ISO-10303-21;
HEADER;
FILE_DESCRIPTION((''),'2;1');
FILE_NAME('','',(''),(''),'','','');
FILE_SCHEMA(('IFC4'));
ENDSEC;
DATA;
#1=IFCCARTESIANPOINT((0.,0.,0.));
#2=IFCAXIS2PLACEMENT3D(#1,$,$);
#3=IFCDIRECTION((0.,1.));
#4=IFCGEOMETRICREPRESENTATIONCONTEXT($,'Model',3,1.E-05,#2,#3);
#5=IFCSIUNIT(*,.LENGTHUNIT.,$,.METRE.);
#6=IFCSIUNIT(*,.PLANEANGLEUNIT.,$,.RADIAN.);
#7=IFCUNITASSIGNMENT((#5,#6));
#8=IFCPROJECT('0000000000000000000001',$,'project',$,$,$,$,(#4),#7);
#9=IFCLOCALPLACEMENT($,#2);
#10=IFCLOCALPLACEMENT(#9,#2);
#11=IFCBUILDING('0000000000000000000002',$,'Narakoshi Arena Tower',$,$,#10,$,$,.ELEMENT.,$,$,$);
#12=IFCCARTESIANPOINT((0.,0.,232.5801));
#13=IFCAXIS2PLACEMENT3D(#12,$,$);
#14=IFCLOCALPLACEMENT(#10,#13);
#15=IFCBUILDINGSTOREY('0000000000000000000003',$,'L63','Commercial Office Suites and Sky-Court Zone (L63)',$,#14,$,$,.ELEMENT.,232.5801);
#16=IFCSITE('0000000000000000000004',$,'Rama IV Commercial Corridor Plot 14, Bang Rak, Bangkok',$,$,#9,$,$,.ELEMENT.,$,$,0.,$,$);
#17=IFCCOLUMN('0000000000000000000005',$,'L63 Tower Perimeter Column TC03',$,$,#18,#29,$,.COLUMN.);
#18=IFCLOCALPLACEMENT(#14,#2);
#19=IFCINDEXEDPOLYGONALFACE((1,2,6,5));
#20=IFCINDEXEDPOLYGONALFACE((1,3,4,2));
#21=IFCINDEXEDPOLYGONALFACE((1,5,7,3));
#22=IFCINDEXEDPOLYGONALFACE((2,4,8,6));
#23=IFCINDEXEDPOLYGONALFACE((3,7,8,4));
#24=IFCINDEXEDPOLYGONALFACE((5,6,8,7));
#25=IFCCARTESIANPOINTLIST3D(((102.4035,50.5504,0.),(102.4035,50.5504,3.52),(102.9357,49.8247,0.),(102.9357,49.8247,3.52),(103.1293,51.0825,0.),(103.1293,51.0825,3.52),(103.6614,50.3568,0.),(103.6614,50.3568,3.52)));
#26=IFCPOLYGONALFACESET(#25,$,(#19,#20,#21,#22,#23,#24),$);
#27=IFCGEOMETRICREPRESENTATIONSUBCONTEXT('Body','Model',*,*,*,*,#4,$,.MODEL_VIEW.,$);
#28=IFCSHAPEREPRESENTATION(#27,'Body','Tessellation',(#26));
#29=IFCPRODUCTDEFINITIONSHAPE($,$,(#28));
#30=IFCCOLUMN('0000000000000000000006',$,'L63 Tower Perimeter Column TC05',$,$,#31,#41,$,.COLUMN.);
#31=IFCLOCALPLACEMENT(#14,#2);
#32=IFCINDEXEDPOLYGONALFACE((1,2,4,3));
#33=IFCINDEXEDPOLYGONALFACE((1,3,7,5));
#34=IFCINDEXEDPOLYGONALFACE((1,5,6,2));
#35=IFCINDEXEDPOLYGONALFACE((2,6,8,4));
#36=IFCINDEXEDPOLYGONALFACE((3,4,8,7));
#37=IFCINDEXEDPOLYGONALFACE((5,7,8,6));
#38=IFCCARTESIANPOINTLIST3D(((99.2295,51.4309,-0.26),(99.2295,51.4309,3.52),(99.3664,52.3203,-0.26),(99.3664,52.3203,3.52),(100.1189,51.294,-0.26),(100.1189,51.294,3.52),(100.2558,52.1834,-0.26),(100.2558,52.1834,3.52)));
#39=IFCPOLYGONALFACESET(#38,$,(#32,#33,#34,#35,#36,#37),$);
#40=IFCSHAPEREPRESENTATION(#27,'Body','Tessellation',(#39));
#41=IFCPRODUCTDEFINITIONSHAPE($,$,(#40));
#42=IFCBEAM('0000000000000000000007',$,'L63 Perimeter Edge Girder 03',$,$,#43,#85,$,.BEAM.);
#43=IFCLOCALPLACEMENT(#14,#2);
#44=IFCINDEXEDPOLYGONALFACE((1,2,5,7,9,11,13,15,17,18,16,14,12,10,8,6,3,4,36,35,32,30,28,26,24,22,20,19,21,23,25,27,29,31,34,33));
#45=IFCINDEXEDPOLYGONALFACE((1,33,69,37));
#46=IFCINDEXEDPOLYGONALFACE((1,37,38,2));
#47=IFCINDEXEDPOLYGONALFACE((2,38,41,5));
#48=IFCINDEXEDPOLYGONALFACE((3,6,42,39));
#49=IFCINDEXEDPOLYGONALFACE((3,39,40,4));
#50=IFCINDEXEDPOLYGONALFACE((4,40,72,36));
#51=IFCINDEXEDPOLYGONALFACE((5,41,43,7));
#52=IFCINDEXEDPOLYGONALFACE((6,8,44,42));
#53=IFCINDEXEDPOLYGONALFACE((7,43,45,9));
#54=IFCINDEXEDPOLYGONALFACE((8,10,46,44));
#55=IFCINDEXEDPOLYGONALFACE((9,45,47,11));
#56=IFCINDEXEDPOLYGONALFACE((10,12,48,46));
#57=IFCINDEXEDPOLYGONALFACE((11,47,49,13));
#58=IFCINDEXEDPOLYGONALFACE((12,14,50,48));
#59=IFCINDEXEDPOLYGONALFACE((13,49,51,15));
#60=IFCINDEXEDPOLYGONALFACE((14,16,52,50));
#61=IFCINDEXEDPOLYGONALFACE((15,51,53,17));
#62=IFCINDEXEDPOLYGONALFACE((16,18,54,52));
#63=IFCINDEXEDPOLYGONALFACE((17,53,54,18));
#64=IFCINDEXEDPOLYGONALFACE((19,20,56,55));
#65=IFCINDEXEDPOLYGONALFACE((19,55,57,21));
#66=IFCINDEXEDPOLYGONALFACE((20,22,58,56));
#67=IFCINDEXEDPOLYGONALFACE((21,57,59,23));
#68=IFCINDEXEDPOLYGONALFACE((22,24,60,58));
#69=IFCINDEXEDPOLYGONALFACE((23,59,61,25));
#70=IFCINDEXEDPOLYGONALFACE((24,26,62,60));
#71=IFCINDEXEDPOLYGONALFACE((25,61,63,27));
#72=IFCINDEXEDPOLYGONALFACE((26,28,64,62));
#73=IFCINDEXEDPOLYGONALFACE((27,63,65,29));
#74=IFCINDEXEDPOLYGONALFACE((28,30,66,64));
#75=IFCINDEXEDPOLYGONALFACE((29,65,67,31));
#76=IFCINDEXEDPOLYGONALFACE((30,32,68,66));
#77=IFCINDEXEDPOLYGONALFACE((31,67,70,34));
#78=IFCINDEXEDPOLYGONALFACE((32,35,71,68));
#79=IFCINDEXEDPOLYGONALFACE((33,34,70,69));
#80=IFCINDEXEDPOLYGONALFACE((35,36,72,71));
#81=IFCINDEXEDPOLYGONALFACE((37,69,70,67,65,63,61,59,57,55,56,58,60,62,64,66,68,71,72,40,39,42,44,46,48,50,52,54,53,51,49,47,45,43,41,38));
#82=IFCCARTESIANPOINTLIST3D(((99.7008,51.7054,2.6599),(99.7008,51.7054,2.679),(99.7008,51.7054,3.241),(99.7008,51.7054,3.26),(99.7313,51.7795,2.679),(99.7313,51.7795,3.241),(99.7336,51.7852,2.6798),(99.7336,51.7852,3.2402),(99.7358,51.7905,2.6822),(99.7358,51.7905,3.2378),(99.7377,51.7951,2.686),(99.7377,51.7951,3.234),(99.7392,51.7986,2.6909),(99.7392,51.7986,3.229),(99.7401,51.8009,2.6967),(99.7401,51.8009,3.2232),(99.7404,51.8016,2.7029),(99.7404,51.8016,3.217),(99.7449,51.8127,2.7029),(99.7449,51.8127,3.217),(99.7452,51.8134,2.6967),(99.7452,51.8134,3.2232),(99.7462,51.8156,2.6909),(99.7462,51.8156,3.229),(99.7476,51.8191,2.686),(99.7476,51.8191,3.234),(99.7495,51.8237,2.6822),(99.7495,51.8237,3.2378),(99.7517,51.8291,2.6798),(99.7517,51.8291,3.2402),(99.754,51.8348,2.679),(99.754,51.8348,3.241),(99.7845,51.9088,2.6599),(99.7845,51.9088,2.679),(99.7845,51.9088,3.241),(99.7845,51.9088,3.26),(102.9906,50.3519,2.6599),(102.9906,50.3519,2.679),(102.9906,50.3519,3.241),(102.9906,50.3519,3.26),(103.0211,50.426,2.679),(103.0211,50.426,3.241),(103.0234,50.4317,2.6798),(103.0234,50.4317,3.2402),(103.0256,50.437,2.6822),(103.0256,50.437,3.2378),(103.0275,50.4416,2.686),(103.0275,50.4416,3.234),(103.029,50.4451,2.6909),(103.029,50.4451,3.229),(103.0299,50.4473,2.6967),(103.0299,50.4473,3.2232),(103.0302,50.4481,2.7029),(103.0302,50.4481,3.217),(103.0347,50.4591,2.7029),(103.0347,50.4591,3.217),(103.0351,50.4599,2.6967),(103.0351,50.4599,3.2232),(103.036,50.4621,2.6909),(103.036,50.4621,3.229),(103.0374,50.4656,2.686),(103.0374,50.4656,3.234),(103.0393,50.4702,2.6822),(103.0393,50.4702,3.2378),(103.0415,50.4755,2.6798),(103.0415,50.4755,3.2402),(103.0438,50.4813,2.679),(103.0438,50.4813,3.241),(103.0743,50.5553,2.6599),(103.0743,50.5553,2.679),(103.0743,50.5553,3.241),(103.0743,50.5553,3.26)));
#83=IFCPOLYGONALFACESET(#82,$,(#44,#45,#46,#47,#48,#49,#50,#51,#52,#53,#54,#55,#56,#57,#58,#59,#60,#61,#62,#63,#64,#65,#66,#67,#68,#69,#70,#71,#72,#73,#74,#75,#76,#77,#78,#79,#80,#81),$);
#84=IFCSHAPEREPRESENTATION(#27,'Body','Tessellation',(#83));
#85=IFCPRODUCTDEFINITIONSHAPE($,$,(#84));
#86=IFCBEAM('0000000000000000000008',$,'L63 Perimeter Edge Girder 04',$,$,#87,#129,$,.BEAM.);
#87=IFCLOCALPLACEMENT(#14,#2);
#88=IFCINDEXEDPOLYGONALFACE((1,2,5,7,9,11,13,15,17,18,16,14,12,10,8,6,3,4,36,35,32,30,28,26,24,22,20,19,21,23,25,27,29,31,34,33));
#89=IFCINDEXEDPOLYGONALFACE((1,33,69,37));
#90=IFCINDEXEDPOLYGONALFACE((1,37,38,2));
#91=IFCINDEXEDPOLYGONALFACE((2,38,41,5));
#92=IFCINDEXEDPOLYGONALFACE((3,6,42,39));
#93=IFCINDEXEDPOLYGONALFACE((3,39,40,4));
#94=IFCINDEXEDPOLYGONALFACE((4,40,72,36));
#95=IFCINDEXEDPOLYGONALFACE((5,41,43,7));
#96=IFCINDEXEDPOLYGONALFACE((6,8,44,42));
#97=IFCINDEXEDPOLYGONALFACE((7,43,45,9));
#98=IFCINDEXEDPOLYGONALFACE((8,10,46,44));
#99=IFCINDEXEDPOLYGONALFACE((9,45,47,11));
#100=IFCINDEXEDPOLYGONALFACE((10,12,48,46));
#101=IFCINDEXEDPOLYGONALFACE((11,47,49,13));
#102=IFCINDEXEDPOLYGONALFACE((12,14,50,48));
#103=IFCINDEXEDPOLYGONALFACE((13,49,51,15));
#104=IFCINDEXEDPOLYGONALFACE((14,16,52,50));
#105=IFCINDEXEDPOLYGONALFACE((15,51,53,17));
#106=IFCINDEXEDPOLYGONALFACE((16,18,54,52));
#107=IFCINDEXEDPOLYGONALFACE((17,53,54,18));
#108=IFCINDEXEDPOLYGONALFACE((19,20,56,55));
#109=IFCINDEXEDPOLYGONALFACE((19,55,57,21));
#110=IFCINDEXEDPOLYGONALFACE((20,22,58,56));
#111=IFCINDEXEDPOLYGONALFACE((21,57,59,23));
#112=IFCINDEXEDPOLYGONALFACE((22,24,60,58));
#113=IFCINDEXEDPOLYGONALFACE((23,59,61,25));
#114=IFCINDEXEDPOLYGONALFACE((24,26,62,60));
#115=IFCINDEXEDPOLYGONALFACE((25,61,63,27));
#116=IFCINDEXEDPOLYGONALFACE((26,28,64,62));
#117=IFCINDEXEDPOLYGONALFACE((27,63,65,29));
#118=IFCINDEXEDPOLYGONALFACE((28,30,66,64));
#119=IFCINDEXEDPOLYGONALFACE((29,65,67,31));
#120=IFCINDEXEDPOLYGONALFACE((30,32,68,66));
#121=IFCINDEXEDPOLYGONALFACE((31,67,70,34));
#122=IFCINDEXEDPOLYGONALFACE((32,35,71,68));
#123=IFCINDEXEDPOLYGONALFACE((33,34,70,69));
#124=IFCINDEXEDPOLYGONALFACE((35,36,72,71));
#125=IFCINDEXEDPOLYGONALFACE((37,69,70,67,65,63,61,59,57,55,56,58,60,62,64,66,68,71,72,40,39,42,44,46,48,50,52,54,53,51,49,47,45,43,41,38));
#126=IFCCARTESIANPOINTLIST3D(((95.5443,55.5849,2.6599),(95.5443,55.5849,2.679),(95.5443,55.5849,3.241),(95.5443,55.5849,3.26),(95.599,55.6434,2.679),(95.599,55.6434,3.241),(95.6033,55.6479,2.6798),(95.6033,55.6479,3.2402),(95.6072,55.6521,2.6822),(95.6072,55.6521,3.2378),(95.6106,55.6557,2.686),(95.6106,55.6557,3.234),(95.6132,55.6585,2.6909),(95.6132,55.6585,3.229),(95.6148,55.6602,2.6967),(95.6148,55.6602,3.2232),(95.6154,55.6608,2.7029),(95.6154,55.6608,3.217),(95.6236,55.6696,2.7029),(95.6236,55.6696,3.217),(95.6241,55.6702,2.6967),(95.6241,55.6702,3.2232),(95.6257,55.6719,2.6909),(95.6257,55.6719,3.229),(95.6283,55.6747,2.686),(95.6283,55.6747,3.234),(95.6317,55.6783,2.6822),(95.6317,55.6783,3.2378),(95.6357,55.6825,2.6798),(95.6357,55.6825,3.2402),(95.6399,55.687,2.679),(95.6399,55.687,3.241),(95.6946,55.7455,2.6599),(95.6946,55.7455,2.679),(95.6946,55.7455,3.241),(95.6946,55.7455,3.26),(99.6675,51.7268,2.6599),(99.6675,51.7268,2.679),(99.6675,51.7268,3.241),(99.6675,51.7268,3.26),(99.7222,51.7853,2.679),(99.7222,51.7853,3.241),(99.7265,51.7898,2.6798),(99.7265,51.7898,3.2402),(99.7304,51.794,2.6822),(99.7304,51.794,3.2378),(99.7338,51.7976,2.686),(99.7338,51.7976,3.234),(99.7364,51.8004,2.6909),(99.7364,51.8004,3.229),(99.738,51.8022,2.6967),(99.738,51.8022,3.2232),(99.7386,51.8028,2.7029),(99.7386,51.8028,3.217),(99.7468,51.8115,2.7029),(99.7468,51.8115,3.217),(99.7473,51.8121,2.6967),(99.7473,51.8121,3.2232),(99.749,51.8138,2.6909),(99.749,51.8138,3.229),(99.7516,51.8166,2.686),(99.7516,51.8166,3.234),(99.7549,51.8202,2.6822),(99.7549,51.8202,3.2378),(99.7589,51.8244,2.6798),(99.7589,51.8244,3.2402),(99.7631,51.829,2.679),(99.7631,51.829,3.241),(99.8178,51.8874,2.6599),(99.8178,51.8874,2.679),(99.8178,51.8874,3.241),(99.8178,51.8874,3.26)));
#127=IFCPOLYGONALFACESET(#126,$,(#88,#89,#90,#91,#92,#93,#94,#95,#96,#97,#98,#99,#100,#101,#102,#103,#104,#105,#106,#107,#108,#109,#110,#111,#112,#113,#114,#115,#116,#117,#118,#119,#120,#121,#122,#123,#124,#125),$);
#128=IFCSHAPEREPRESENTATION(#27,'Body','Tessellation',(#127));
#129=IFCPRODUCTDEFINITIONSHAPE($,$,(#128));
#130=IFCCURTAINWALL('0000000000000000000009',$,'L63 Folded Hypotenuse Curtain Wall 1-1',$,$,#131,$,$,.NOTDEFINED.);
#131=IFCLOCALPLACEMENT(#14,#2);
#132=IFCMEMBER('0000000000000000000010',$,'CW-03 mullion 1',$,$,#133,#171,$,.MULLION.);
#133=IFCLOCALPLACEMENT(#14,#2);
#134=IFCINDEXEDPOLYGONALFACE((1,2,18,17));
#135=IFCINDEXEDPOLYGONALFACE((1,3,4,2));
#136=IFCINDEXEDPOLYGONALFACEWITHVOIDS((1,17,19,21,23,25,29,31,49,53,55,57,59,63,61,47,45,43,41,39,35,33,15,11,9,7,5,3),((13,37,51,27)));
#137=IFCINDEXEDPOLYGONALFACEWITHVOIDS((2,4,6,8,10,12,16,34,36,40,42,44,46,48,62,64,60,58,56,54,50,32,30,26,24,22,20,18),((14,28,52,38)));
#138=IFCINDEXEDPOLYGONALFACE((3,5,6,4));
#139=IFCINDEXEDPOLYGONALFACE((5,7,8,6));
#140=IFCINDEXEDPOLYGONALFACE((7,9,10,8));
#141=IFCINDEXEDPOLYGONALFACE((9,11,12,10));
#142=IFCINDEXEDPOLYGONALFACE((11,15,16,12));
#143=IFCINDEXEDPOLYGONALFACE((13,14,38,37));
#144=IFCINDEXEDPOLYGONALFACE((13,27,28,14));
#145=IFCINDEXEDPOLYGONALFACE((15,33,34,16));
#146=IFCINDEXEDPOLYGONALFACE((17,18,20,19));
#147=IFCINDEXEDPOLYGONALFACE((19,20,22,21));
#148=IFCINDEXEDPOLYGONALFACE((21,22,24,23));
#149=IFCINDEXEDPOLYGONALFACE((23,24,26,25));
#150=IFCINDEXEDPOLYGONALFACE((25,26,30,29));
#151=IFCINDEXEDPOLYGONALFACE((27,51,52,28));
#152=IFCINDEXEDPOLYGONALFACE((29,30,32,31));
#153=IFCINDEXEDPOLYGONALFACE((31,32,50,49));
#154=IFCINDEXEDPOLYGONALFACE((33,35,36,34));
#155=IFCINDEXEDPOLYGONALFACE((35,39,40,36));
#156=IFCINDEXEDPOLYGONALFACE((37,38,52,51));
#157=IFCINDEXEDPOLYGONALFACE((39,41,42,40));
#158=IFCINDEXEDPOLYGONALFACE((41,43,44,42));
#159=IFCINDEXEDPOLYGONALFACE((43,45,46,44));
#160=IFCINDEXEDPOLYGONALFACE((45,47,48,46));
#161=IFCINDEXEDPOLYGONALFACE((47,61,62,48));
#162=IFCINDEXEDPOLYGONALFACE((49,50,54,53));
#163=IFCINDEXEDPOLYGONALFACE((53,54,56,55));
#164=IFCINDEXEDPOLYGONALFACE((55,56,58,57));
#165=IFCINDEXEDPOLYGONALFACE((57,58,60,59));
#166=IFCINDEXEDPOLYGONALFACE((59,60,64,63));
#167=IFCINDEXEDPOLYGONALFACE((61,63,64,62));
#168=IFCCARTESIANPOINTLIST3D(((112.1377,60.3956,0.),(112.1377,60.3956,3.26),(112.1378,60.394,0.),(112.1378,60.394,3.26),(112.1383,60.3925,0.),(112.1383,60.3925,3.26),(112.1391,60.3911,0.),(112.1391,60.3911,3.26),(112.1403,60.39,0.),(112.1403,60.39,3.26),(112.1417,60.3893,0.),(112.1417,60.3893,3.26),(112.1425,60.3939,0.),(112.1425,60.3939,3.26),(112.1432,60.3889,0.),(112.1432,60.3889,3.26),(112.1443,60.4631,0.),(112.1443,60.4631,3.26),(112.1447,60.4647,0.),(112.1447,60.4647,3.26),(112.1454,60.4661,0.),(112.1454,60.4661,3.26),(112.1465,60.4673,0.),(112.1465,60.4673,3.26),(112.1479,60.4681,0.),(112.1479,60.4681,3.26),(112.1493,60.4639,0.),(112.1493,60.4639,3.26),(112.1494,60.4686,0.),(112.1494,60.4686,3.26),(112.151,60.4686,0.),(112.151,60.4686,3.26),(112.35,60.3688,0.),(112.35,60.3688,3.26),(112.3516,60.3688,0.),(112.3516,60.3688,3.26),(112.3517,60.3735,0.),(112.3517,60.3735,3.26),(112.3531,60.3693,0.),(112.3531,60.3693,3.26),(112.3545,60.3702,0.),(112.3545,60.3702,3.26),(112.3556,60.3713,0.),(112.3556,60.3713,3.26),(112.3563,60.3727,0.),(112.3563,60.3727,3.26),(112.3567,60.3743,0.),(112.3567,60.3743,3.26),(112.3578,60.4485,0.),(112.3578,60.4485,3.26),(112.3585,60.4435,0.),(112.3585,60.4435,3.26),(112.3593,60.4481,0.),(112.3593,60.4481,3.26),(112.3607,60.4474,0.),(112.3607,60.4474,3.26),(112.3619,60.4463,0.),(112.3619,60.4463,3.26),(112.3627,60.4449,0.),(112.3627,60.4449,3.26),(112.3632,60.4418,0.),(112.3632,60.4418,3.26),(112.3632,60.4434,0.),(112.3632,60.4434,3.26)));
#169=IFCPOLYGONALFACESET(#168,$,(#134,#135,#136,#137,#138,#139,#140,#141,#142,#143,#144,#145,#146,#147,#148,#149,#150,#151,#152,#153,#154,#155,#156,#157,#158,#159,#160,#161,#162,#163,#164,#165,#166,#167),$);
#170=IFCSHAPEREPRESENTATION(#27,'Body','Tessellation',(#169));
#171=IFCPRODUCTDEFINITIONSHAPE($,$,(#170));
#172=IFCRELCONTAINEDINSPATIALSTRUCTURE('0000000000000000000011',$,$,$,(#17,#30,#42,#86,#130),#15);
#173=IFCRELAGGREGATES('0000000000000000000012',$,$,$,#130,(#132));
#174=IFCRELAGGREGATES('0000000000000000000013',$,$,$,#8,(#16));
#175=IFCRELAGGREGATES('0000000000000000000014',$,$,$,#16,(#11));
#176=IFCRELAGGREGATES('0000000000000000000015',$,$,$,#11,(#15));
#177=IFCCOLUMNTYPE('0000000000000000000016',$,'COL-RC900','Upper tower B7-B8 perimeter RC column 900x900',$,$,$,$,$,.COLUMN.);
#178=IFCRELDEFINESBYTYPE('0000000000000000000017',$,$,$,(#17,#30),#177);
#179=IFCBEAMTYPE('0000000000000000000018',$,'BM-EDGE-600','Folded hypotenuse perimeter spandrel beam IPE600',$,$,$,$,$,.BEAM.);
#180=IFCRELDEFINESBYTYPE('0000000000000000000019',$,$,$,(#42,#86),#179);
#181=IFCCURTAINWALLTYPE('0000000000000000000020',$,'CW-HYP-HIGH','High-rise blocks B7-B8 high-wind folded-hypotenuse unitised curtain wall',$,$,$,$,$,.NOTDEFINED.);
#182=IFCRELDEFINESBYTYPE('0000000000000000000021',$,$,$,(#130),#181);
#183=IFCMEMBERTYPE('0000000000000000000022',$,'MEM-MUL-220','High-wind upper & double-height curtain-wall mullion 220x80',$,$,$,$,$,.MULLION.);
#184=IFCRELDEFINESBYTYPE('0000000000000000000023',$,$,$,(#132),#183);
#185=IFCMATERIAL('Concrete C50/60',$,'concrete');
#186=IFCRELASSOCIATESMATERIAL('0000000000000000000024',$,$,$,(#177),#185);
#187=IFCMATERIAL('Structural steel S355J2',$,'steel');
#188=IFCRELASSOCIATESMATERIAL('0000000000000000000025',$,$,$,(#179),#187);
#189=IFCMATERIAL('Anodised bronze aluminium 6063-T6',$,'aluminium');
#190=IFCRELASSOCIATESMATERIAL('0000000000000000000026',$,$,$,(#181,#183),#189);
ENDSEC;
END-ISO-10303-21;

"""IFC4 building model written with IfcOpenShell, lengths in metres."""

from ifc_helpers import new_model, si_unit, direction, frame, origin, origin_2d, place, context, subcontext, project, spatial, rectangle, hollow_rectangle, i_section, extrude, material, material_profile, profile_set, type_object, element, aggregate, save


model = new_model("IFC4")

# Units and contexts
model_context = context("Model", 3, precision=1e-05, world=origin(), true_north=direction((0.0, 1.0)))
body_context = subcontext(model_context, "Body", "Model", "MODEL_VIEW")
ifc_project = project(units=[si_unit("LENGTHUNIT", "METRE"), si_unit("PLANEANGLEUNIT", "RADIAN")], contexts=[model_context])

# Site, building, storey
site_placement = place(None, origin())
site = spatial("IfcSite", under=ifc_project, at=site_placement, Name="Rama IV Commercial Corridor Plot 14, Bang Rak, Bangkok", CompositionType="ELEMENT", RefElevation=0.0)
building_placement = place(site_placement, origin())
building = spatial("IfcBuilding", under=site, at=building_placement, Name="Narakoshi Arena Tower", CompositionType="ELEMENT")
storey_placement = place(building_placement, frame((0.0, 0.0, 232.5801)))
storey = spatial("IfcBuildingStorey", under=building, at=storey_placement, Name="L63", Description="Commercial Office Suites and Sky-Court Zone (L63)", CompositionType="ELEMENT", Elevation=232.5801)

# Columns
ifc_material_1 = material(Name="Concrete C50/60", Category="concrete")
ifc_material_profile_1 = material_profile(ifc_material_1, rectangle(XDim=0.8999, YDim=0.8999, at=origin_2d()), Name="RC900x900")
ifc_profile_set_1 = profile_set([ifc_material_profile_1], Name="Concrete C50/60")
column_type = type_object("IfcColumnType", Name="COL-RC900", Description="Upper tower B7-B8 perimeter RC column 900x900", PredefinedType="COLUMN", material=ifc_profile_set_1)
column_1_placement = place(storey_placement, frame((103.0325, 50.4536, 0.0), z_axis=(0.0, 0.0, 1.0), x_axis=(0.806445, 0.59131, 0.0)))
element("IfcColumn", 1, at=column_1_placement, inside=storey, type_object=column_type, Name="L63 Tower Perimeter Column TC03", PredefinedType="COLUMN", context=body_context, shape_type="SweptSolid", body=[
    extrude(rectangle(XDim=0.8999, YDim=0.8999, at=origin_2d()), origin(), (0.0, 0.0, 1.0), 3.52),
])
column_2_placement = place(storey_placement, frame((99.7427, 51.8071, -0.26), z_axis=(0.0, 0.0, 1.0), x_axis=(0.152123, 0.988362, 0.0)))
element("IfcColumn", 2, at=column_2_placement, inside=storey, type_object=column_type, Name="L63 Tower Perimeter Column TC05", PredefinedType="COLUMN", context=body_context, shape_type="SweptSolid", body=[
    extrude(rectangle(XDim=0.8999, YDim=0.8999, at=origin_2d()), origin(), (0.0, 0.0, 1.0), 3.78),
])

# Beams
ifc_material_2 = material(Name="Structural steel S355J2", Category="steel")
ifc_material_profile_2 = material_profile(ifc_material_2, i_section(OverallWidth=0.22, OverallDepth=0.6001, WebThickness=0.012, FlangeThickness=0.019, FilletRadius=0.0239, at=origin_2d()), Name="IPE600")
ifc_profile_set_2 = profile_set([ifc_material_profile_2], Name="Structural steel S355J2")
beam_type = type_object("IfcBeamType", Name="BM-EDGE-600", Description="Folded hypotenuse perimeter spandrel beam IPE600", PredefinedType="BEAM", material=ifc_profile_set_2)
beam_1_placement = place(storey_placement, frame((103.0325, 50.4536, 2.96), z_axis=(-0.924788, 0.380484, 0.0), x_axis=(-0.380484, -0.924788, 0.0)))
element("IfcBeam", 3, at=beam_1_placement, inside=storey, type_object=beam_type, Name="L63 Perimeter Edge Girder 03", PredefinedType="BEAM", context=body_context, shape_type="SweptSolid", body=[
    extrude(i_section(OverallWidth=0.22, OverallDepth=0.6001, WebThickness=0.012, FlangeThickness=0.019, FilletRadius=0.0239, at=origin_2d()), origin(), (0.0, 0.0, 1.0), 3.5574),
])
beam_2_placement = place(storey_placement, frame((99.7427, 51.8071, 2.96), z_axis=(-0.730193, 0.68324, 0.0), x_axis=(-0.68324, -0.730193, 0.0)))
element("IfcBeam", 4, at=beam_2_placement, inside=storey, type_object=beam_type, Name="L63 Perimeter Edge Girder 04", PredefinedType="BEAM", context=body_context, shape_type="SweptSolid", body=[
    extrude(i_section(OverallWidth=0.22, OverallDepth=0.6001, WebThickness=0.012, FlangeThickness=0.019, FilletRadius=0.0239, at=origin_2d()), origin(), (0.0, 0.0, 1.0), 5.6467),
])

# Curtain wall, member
ifc_material_3 = material(Name="Anodised bronze aluminium 6063-T6", Category="aluminium")
curtain_wall_type = type_object("IfcCurtainWallType", Name="CW-HYP-HIGH", Description="High-rise blocks B7-B8 high-wind folded-hypotenuse unitised curtain wall", PredefinedType="NOTDEFINED", material=ifc_material_3)
curtain_wall_placement = place(storey_placement, origin())
curtain_wall = element("IfcCurtainWall", 5, at=curtain_wall_placement, inside=storey, type_object=curtain_wall_type, Name="L63 Folded Hypotenuse Curtain Wall 1-1", PredefinedType="NOTDEFINED")
ifc_material_profile_3 = material_profile(ifc_material_3, hollow_rectangle(XDim=0.0801, YDim=0.22, WallThickness=0.0049, OuterFilletRadius=0.0061, at=origin_2d()), Name="MUL220x80x5")
ifc_profile_set_3 = profile_set([ifc_material_profile_3], Name="Anodised bronze aluminium 6063-T6")
member_type_1 = type_object("IfcMemberType", Name="MEM-MUL-220", Description="High-wind upper & double-height curtain-wall mullion 220x80", PredefinedType="MULLION", material=ifc_profile_set_3)
member_1_placement = place(storey_placement, frame((112.2505, 60.4187, 0.0), z_axis=(0.0, 0.0, 1.0), x_axis=(-0.096851, -0.995299, 0.0)))
member_1 = element("IfcMember", 6, at=member_1_placement, type_object=member_type_1, Name="CW-03 mullion 1", PredefinedType="MULLION", context=body_context, shape_type="SweptSolid", body=[
    extrude(hollow_rectangle(XDim=0.0801, YDim=0.22, WallThickness=0.0049, OuterFilletRadius=0.0061, at=origin_2d()), origin(), (0.0, 0.0, 1.0), 3.26),
])
aggregate(curtain_wall, [member_1])

save(model, "model.ifc")
